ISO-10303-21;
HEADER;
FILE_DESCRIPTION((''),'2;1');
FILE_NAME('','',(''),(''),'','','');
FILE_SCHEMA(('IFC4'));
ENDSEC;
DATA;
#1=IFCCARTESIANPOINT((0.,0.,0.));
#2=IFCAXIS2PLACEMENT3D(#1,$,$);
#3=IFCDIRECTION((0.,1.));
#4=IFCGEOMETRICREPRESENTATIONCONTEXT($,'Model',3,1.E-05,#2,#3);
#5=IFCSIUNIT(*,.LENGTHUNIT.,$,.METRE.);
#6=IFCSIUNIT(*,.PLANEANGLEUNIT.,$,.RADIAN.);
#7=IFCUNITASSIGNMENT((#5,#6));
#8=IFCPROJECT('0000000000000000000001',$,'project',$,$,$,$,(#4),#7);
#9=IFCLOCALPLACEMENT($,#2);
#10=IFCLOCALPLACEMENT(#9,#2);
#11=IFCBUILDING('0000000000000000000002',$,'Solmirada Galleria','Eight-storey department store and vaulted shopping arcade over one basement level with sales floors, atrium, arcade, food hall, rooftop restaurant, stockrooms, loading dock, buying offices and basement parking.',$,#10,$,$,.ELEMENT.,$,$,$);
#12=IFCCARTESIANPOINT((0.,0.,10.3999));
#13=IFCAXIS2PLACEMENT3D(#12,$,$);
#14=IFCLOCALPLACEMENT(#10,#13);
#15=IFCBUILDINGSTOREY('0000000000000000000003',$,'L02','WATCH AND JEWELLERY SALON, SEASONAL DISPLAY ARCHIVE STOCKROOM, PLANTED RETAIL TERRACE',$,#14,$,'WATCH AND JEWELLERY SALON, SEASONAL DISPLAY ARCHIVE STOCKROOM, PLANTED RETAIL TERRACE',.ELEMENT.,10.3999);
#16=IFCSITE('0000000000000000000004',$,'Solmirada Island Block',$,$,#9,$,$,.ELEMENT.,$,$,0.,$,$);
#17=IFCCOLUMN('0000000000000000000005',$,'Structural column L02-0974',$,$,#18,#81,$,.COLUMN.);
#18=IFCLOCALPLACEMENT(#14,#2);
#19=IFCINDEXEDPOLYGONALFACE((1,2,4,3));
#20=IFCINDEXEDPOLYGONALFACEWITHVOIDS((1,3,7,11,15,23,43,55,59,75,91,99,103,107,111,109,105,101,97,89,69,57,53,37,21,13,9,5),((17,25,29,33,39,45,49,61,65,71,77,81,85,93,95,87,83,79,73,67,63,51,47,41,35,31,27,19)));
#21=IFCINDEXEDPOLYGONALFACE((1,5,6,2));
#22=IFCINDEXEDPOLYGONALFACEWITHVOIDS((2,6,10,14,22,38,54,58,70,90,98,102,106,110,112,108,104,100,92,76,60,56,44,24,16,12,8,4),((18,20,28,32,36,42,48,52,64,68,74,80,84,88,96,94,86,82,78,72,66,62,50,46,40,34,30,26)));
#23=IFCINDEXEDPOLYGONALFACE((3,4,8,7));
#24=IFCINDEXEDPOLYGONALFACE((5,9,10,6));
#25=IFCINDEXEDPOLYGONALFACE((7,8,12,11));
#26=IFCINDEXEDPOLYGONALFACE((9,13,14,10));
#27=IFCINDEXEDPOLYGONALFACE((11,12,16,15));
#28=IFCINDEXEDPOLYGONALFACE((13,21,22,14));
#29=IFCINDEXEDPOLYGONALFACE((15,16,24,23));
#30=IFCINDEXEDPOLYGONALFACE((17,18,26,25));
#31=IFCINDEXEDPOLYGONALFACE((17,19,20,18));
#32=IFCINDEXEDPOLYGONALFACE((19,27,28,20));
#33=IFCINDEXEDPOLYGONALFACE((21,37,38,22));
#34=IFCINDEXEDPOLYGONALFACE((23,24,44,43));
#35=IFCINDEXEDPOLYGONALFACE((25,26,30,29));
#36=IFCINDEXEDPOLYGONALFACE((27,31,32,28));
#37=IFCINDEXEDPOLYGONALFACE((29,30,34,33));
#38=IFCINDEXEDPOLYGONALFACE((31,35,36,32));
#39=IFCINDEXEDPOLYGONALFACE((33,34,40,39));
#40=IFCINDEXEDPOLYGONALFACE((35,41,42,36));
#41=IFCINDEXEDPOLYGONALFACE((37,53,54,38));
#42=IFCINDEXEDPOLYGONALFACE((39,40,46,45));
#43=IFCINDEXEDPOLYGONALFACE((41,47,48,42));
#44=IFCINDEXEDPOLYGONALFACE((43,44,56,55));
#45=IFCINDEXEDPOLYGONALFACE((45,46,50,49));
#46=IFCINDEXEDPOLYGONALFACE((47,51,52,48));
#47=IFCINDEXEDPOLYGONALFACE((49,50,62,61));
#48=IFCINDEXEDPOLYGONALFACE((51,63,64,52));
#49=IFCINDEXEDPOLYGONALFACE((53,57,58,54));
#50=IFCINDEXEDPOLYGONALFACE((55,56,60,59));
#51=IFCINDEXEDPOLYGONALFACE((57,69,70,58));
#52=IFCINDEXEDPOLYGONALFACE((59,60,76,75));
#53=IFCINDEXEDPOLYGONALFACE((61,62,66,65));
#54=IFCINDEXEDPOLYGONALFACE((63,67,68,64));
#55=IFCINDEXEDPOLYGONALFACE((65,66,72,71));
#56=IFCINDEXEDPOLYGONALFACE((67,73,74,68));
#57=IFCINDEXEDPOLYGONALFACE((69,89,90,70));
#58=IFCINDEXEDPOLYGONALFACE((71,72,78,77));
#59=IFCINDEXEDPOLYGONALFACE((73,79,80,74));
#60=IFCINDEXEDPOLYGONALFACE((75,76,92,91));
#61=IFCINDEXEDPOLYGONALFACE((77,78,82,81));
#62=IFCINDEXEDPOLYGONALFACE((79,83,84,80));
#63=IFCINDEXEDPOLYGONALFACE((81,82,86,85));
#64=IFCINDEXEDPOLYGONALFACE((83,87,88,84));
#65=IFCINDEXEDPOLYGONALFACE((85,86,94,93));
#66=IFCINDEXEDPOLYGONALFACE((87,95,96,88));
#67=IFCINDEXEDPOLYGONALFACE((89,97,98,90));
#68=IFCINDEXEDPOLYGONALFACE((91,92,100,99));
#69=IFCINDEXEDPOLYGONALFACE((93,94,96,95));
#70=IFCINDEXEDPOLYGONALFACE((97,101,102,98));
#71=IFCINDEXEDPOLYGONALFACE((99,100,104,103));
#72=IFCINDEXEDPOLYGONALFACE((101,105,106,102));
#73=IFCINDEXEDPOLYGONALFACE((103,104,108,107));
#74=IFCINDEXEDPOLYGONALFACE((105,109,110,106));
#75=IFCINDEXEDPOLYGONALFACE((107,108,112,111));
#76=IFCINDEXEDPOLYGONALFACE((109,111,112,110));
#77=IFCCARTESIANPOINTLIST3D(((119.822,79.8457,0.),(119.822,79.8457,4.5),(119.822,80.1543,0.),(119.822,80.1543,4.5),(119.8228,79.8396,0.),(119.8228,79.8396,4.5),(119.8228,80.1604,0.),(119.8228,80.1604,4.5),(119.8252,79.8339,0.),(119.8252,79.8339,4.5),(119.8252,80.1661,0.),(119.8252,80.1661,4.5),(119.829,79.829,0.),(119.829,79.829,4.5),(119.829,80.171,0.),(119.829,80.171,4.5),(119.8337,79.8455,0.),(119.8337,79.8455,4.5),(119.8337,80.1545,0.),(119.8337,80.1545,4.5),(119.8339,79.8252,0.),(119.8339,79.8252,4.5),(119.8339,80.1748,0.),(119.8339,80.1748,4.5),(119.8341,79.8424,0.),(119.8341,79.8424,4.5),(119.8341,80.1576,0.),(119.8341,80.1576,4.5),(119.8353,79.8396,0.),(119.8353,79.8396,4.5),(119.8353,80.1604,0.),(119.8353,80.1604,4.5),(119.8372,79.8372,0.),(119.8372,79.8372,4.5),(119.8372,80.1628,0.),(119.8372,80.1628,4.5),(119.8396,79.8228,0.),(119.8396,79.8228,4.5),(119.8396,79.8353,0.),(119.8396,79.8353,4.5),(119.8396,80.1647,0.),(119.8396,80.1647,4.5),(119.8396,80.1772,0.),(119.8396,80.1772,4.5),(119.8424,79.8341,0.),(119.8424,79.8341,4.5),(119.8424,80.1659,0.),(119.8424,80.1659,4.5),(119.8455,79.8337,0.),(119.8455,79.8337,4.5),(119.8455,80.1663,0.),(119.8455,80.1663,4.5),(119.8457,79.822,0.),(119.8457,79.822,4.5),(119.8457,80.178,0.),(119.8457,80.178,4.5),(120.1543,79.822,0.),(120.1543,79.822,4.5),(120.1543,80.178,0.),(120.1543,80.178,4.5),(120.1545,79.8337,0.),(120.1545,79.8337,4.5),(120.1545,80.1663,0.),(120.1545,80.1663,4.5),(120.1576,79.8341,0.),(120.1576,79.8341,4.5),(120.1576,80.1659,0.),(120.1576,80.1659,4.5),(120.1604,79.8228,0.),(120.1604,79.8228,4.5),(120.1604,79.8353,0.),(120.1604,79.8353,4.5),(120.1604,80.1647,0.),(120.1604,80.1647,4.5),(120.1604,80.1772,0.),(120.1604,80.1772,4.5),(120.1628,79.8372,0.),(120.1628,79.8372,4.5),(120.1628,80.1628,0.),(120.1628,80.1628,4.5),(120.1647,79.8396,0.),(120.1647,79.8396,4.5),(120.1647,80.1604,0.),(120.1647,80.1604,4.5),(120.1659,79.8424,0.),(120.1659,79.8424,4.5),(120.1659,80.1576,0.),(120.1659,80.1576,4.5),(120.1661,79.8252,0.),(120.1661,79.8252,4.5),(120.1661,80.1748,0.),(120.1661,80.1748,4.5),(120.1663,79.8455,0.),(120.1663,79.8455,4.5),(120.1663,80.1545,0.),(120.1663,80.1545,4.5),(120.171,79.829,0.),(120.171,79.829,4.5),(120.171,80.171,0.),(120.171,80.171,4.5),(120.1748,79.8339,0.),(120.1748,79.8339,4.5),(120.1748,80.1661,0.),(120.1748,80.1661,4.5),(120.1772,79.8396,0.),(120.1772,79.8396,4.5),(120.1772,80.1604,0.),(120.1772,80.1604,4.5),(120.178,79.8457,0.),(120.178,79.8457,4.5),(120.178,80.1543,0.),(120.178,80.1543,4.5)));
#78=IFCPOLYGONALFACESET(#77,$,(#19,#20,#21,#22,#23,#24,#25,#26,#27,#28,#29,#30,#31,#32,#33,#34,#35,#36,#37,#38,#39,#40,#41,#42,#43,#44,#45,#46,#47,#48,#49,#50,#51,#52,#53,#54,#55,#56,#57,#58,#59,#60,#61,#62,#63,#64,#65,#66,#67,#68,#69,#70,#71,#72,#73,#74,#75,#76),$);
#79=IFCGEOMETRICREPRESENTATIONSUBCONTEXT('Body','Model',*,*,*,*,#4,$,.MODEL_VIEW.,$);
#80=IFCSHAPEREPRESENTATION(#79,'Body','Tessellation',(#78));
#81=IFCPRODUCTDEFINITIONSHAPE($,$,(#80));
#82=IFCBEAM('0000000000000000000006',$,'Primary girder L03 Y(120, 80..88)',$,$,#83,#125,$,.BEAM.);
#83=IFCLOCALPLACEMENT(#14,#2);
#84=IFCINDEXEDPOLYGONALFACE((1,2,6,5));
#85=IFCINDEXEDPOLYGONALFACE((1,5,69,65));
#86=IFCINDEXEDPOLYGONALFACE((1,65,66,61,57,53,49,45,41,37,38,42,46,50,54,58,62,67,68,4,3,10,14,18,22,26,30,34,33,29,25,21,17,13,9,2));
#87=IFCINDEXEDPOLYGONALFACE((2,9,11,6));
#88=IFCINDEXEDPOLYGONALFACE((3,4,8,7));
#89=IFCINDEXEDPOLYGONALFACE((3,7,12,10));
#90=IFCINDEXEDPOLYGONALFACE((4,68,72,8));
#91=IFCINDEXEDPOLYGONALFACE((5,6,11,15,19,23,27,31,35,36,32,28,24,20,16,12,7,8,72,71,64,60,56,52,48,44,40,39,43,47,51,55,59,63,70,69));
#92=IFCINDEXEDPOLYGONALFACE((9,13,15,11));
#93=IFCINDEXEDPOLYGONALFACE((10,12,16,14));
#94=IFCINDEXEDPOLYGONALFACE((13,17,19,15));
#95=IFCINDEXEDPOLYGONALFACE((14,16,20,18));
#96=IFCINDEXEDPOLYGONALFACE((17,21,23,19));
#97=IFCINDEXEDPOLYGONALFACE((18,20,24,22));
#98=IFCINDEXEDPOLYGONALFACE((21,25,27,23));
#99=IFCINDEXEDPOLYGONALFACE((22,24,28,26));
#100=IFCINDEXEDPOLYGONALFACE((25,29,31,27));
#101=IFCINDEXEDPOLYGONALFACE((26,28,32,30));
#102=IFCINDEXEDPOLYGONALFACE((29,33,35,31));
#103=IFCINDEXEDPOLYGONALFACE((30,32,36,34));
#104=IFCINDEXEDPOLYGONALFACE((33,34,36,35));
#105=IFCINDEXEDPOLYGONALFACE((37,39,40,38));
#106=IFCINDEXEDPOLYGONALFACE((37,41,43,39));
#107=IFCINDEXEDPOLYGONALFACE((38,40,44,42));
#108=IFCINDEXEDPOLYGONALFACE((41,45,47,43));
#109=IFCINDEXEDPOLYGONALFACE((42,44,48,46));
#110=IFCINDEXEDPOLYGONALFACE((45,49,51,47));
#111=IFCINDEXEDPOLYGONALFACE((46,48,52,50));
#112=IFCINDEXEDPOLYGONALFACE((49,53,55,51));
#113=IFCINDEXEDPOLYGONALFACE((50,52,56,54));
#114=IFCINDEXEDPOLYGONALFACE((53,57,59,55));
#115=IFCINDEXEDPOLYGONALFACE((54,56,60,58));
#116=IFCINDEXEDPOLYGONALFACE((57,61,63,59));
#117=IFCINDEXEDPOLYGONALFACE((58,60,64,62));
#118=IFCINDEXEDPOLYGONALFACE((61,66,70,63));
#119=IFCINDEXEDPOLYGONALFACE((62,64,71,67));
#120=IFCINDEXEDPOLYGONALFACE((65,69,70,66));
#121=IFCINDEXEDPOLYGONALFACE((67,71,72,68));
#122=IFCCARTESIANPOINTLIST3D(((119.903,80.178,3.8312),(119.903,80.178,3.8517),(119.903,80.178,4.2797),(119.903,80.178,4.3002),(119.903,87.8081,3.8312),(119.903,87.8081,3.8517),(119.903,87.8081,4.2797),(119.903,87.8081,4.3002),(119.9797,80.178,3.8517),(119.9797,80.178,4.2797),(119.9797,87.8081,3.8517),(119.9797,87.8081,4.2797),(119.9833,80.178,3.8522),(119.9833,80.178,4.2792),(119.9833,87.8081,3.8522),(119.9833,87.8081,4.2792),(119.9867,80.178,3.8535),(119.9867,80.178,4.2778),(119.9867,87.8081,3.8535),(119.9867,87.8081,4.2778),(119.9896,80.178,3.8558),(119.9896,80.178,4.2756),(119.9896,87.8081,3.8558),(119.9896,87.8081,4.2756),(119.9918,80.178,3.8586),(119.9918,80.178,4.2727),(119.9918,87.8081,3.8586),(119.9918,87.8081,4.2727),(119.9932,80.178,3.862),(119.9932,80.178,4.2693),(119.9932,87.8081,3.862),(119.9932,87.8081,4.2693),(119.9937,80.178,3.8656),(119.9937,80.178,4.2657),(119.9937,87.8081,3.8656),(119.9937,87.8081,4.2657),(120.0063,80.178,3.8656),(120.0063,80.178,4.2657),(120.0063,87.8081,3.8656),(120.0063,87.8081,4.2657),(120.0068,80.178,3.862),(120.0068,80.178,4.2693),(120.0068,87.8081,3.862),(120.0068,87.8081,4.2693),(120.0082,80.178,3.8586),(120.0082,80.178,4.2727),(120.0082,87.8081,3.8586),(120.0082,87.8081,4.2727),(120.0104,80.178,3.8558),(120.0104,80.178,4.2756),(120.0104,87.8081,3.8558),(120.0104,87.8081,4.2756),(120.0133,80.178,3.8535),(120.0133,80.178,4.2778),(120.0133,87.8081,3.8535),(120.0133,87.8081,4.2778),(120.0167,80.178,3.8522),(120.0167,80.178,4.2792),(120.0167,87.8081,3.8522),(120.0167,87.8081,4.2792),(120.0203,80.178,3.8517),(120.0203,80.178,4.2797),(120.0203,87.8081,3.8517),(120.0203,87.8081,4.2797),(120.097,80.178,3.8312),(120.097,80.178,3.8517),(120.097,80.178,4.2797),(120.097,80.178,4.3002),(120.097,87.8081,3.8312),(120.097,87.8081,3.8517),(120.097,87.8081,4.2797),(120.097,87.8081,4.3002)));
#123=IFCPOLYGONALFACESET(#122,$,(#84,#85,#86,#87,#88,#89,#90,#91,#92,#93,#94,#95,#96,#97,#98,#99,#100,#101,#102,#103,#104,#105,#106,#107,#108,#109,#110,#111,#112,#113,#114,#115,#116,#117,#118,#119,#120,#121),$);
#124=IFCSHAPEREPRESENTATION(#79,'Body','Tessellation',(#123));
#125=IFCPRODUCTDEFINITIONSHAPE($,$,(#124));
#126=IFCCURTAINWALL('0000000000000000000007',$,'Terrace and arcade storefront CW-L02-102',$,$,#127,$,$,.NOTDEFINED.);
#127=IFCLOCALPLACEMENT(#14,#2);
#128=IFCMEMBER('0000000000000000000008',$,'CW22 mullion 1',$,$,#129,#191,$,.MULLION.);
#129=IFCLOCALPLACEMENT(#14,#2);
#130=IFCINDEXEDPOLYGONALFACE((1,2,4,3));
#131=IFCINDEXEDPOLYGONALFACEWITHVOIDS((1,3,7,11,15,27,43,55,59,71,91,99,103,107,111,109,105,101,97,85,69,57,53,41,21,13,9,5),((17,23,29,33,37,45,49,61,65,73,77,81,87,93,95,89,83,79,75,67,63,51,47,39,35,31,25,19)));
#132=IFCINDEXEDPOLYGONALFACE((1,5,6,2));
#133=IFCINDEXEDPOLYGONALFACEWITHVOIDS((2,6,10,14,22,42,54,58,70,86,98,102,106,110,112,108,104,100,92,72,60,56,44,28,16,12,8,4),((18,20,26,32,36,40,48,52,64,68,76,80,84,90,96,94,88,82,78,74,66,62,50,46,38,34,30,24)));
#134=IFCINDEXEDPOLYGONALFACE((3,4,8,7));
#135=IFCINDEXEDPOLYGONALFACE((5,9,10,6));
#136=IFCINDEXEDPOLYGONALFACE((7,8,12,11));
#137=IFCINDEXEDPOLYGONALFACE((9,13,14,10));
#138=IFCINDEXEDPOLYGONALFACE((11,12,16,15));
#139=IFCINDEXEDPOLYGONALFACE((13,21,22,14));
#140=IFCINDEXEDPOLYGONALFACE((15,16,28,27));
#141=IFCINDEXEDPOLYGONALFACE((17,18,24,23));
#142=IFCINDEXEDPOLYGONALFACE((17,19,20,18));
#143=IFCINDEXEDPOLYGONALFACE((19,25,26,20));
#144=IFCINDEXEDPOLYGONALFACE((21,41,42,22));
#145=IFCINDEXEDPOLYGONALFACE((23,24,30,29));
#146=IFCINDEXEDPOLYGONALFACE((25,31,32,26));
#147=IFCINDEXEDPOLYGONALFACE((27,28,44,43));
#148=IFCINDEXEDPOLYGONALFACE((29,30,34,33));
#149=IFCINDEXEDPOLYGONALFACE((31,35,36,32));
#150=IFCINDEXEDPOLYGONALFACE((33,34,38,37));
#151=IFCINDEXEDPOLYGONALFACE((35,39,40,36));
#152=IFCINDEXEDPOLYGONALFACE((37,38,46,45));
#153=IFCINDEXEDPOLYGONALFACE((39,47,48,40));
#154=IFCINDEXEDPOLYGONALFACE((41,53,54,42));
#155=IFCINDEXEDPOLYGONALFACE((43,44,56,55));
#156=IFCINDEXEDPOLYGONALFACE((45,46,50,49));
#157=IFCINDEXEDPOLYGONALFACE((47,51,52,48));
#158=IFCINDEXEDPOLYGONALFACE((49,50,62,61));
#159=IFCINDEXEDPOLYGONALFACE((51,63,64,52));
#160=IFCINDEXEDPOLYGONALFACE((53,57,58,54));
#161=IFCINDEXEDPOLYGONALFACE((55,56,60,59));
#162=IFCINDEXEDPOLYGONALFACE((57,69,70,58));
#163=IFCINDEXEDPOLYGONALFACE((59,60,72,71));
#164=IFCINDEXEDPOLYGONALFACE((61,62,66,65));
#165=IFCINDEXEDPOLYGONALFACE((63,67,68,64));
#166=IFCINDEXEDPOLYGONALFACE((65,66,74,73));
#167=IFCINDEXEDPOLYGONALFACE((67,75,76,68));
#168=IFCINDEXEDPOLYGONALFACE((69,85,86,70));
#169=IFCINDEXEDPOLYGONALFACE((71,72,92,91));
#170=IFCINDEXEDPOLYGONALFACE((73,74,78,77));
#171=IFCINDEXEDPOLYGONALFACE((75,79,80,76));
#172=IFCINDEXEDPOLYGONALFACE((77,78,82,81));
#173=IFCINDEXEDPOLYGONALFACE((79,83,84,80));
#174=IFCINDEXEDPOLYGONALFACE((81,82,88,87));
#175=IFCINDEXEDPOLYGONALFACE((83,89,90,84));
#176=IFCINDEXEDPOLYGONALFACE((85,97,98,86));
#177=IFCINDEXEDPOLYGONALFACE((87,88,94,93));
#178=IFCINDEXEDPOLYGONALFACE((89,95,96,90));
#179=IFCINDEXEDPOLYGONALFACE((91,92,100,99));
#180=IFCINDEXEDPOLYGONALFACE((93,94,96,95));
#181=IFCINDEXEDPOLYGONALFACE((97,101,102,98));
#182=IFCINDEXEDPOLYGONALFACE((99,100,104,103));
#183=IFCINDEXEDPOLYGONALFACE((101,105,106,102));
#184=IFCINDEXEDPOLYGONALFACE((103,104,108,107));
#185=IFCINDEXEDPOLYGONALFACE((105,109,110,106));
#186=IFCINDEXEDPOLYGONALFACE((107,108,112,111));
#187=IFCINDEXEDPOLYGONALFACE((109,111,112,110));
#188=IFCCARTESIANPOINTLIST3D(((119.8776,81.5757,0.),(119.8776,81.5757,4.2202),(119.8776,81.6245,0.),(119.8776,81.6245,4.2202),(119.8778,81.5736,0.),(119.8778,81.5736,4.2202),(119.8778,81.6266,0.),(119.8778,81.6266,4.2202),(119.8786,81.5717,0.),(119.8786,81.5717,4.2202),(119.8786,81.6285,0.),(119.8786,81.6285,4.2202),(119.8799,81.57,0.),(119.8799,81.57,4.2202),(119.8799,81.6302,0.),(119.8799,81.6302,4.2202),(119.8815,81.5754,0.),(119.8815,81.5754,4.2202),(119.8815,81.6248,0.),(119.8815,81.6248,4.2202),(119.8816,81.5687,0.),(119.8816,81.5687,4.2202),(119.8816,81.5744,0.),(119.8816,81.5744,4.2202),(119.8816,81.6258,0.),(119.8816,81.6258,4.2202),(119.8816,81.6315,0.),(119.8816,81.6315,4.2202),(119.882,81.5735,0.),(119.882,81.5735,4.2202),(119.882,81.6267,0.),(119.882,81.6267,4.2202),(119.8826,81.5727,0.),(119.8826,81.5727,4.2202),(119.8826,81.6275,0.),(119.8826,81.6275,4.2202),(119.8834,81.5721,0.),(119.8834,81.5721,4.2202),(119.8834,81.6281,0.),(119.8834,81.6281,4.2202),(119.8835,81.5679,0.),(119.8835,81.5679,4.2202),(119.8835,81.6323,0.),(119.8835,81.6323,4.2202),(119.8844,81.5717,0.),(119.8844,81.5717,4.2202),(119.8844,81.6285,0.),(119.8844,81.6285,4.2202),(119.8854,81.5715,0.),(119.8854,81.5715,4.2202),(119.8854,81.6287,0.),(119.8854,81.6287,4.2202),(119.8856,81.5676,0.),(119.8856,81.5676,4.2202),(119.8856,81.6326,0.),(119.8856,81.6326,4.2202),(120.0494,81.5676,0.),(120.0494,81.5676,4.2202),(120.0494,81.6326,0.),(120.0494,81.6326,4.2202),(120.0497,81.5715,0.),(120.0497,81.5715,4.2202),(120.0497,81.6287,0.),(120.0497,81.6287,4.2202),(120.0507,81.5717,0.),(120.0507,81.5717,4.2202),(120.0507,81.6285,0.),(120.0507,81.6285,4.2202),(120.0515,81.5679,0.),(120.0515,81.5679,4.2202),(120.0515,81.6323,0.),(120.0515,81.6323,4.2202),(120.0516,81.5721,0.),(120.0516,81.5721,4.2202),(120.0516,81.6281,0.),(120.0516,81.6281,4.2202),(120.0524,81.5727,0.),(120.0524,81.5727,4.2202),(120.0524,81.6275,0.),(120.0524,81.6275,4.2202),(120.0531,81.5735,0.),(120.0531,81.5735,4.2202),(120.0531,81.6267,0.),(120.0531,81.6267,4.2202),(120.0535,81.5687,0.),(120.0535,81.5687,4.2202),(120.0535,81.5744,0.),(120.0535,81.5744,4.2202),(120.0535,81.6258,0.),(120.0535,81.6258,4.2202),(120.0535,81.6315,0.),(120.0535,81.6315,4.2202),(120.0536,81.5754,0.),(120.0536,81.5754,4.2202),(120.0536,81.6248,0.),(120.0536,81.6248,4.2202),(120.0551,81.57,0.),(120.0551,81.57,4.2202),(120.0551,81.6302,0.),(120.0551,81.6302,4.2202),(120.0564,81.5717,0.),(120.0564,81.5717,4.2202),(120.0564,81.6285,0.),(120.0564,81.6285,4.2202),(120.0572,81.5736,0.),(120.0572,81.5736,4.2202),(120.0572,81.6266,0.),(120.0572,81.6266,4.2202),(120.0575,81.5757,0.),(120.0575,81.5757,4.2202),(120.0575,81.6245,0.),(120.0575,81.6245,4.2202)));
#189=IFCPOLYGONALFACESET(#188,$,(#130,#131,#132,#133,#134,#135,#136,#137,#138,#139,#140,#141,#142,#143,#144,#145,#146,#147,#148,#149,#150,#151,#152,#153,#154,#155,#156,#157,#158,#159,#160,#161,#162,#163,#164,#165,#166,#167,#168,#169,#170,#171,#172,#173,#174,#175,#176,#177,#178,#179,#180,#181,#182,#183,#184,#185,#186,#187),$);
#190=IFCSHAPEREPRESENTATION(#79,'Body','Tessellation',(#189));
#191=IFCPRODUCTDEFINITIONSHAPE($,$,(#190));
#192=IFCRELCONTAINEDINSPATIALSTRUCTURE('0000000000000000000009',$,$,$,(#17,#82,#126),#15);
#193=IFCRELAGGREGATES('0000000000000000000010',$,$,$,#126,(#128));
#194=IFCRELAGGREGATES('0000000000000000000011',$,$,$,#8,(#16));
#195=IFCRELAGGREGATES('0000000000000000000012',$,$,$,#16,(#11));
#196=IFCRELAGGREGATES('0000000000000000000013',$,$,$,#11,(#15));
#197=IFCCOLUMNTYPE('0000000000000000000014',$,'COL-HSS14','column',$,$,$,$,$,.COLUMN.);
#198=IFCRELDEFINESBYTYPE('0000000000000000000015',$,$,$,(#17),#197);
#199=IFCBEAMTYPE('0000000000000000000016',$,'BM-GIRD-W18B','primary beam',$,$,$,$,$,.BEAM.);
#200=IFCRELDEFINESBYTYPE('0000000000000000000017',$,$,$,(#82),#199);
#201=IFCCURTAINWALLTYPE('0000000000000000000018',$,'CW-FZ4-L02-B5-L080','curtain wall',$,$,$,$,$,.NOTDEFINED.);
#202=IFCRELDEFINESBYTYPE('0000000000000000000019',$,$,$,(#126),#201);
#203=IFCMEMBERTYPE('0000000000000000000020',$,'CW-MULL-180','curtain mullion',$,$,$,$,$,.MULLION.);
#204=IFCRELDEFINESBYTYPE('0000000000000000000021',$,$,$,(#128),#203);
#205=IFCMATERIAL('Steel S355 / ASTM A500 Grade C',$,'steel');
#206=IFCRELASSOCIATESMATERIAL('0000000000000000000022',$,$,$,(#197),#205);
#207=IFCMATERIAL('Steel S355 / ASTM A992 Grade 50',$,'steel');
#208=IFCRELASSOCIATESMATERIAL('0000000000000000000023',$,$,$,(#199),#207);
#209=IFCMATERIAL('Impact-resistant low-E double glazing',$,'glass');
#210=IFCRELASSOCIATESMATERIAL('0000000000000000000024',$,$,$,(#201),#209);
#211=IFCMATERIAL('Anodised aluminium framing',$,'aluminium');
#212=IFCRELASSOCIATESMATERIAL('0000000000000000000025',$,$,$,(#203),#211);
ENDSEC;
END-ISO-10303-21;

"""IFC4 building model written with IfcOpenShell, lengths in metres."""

from ifc_helpers import new_model, si_unit, direction, frame, origin, origin_2d, place, context, subcontext, project, spatial, hollow_rectangle, i_section, extrude, material, material_profile, profile_set, type_object, element, aggregate, save


model = new_model("IFC4")

# Units and contexts
model_context = context("Model", 3, precision=1e-05, world=origin(), true_north=direction((0.0, 1.0)))
body_context = subcontext(model_context, "Body", "Model", "MODEL_VIEW")
ifc_project = project(units=[si_unit("LENGTHUNIT", "METRE"), si_unit("PLANEANGLEUNIT", "RADIAN")], contexts=[model_context])

# Site, building, storey
site_placement = place(None, origin())
site = spatial("IfcSite", under=ifc_project, at=site_placement, Name="Solmirada Island Block", CompositionType="ELEMENT", RefElevation=0.0)
building_placement = place(site_placement, origin())
building = spatial("IfcBuilding", under=site, at=building_placement, Name="Solmirada Galleria", Description="Eight-storey department store and vaulted shopping arcade over one basement level with sales floors, atrium, arcade, food hall, rooftop restaurant, stockrooms, loading dock, buying offices and basement parking.", CompositionType="ELEMENT")
storey_placement = place(building_placement, frame((0.0, 0.0, 10.3999)))
storey = spatial("IfcBuildingStorey", under=building, at=storey_placement, Name="L02", Description="WATCH AND JEWELLERY SALON, SEASONAL DISPLAY ARCHIVE STOCKROOM, PLANTED RETAIL TERRACE", LongName="WATCH AND JEWELLERY SALON, SEASONAL DISPLAY ARCHIVE STOCKROOM, PLANTED RETAIL TERRACE", CompositionType="ELEMENT", Elevation=10.3999)

# Column
ifc_material_1 = material(Name="Steel S355 / ASTM A500 Grade C", Category="steel")
ifc_material_profile_1 = material_profile(ifc_material_1, hollow_rectangle(XDim=0.356, YDim=0.356, WallThickness=0.0117, InnerFilletRadius=0.0117, OuterFilletRadius=0.0237, at=origin_2d()), Name="HSS14X14X1/2")
ifc_profile_set_1 = profile_set([ifc_material_profile_1], Name="Steel S355 / ASTM A500 Grade C")
column_type = type_object("IfcColumnType", Name="COL-HSS14", Description="column", PredefinedType="COLUMN", material=ifc_profile_set_1)
column_placement = place(storey_placement, frame((120.0, 80.0, 0.0), z_axis=(0.0, 0.0, 1.0), x_axis=(1.0, 0.0, 0.0)))
element("IfcColumn", 1, at=column_placement, inside=storey, type_object=column_type, Name="Structural column L02-0974", PredefinedType="COLUMN", context=body_context, shape_type="SweptSolid", body=[
    extrude(hollow_rectangle(XDim=0.356, YDim=0.356, WallThickness=0.0117, InnerFilletRadius=0.0117, OuterFilletRadius=0.0237, at=origin_2d()), origin(), (0.0, 0.0, 1.0), 4.5),
])

# Beam
ifc_material_2 = material(Name="Steel S355 / ASTM A992 Grade 50", Category="steel")
ifc_material_profile_2 = material_profile(ifc_material_2, i_section(OverallWidth=0.1941, OverallDepth=0.469, WebThickness=0.0127, FlangeThickness=0.0205, FilletRadius=0.0139, at=origin_2d()), Name="W18X71")
ifc_profile_set_2 = profile_set([ifc_material_profile_2], Name="Steel S355 / ASTM A992 Grade 50")
beam_type = type_object("IfcBeamType", Name="BM-GIRD-W18B", Description="primary beam", PredefinedType="BEAM", material=ifc_profile_set_2)
beam_placement = place(storey_placement, frame((120.0, 80.178, 4.0657), z_axis=(0.0, 1.0, 0.0), x_axis=(-1.0, 0.0, 0.0)))
element("IfcBeam", 2, at=beam_placement, inside=storey, type_object=beam_type, Name="Primary girder L03 Y(120, 80..88)", PredefinedType="BEAM", context=body_context, shape_type="SweptSolid", body=[
    extrude(i_section(OverallWidth=0.1941, OverallDepth=0.469, WebThickness=0.0127, FlangeThickness=0.0205, FilletRadius=0.0139, at=origin_2d()), origin(), (0.0, 0.0, 1.0), 7.6301),
])

# Curtain wall, member
ifc_material_3 = material(Name="Impact-resistant low-E double glazing", Category="glass")
curtain_wall_type = type_object("IfcCurtainWallType", Name="CW-FZ4-L02-B5-L080", Description="curtain wall", PredefinedType="NOTDEFINED", material=ifc_material_3)
curtain_wall_placement = place(storey_placement, origin())
curtain_wall = element("IfcCurtainWall", 3, at=curtain_wall_placement, inside=storey, type_object=curtain_wall_type, Name="Terrace and arcade storefront CW-L02-102", PredefinedType="NOTDEFINED")
ifc_material_4 = material(Name="Anodised aluminium framing", Category="aluminium")
ifc_material_profile_3 = material_profile(ifc_material_4, hollow_rectangle(XDim=0.0649, YDim=0.1799, WallThickness=0.0039, InnerFilletRadius=0.0039, OuterFilletRadius=0.0081, at=origin_2d()), Name="ALU-MULL-180X65")
ifc_profile_set_3 = profile_set([ifc_material_profile_3], Name="Anodised aluminium framing")
member_type_1 = type_object("IfcMemberType", Name="CW-MULL-180", Description="curtain mullion", PredefinedType="MULLION", material=ifc_profile_set_3)
member_1_placement = place(storey_placement, frame((119.9675, 81.6001, 0.0), z_axis=(0.0, 0.0, 1.0), x_axis=(0.0, -1.0, 0.0)))
member_1 = element("IfcMember", 4, at=member_1_placement, type_object=member_type_1, Name="CW22 mullion 1", PredefinedType="MULLION", context=body_context, shape_type="SweptSolid", body=[
    extrude(hollow_rectangle(XDim=0.0649, YDim=0.1799, WallThickness=0.0039, InnerFilletRadius=0.0039, OuterFilletRadius=0.0081, at=origin_2d()), origin(), (0.0, 0.0, 1.0), 4.2202),
])
aggregate(curtain_wall, [member_1])

save(model, "model.ifc")
